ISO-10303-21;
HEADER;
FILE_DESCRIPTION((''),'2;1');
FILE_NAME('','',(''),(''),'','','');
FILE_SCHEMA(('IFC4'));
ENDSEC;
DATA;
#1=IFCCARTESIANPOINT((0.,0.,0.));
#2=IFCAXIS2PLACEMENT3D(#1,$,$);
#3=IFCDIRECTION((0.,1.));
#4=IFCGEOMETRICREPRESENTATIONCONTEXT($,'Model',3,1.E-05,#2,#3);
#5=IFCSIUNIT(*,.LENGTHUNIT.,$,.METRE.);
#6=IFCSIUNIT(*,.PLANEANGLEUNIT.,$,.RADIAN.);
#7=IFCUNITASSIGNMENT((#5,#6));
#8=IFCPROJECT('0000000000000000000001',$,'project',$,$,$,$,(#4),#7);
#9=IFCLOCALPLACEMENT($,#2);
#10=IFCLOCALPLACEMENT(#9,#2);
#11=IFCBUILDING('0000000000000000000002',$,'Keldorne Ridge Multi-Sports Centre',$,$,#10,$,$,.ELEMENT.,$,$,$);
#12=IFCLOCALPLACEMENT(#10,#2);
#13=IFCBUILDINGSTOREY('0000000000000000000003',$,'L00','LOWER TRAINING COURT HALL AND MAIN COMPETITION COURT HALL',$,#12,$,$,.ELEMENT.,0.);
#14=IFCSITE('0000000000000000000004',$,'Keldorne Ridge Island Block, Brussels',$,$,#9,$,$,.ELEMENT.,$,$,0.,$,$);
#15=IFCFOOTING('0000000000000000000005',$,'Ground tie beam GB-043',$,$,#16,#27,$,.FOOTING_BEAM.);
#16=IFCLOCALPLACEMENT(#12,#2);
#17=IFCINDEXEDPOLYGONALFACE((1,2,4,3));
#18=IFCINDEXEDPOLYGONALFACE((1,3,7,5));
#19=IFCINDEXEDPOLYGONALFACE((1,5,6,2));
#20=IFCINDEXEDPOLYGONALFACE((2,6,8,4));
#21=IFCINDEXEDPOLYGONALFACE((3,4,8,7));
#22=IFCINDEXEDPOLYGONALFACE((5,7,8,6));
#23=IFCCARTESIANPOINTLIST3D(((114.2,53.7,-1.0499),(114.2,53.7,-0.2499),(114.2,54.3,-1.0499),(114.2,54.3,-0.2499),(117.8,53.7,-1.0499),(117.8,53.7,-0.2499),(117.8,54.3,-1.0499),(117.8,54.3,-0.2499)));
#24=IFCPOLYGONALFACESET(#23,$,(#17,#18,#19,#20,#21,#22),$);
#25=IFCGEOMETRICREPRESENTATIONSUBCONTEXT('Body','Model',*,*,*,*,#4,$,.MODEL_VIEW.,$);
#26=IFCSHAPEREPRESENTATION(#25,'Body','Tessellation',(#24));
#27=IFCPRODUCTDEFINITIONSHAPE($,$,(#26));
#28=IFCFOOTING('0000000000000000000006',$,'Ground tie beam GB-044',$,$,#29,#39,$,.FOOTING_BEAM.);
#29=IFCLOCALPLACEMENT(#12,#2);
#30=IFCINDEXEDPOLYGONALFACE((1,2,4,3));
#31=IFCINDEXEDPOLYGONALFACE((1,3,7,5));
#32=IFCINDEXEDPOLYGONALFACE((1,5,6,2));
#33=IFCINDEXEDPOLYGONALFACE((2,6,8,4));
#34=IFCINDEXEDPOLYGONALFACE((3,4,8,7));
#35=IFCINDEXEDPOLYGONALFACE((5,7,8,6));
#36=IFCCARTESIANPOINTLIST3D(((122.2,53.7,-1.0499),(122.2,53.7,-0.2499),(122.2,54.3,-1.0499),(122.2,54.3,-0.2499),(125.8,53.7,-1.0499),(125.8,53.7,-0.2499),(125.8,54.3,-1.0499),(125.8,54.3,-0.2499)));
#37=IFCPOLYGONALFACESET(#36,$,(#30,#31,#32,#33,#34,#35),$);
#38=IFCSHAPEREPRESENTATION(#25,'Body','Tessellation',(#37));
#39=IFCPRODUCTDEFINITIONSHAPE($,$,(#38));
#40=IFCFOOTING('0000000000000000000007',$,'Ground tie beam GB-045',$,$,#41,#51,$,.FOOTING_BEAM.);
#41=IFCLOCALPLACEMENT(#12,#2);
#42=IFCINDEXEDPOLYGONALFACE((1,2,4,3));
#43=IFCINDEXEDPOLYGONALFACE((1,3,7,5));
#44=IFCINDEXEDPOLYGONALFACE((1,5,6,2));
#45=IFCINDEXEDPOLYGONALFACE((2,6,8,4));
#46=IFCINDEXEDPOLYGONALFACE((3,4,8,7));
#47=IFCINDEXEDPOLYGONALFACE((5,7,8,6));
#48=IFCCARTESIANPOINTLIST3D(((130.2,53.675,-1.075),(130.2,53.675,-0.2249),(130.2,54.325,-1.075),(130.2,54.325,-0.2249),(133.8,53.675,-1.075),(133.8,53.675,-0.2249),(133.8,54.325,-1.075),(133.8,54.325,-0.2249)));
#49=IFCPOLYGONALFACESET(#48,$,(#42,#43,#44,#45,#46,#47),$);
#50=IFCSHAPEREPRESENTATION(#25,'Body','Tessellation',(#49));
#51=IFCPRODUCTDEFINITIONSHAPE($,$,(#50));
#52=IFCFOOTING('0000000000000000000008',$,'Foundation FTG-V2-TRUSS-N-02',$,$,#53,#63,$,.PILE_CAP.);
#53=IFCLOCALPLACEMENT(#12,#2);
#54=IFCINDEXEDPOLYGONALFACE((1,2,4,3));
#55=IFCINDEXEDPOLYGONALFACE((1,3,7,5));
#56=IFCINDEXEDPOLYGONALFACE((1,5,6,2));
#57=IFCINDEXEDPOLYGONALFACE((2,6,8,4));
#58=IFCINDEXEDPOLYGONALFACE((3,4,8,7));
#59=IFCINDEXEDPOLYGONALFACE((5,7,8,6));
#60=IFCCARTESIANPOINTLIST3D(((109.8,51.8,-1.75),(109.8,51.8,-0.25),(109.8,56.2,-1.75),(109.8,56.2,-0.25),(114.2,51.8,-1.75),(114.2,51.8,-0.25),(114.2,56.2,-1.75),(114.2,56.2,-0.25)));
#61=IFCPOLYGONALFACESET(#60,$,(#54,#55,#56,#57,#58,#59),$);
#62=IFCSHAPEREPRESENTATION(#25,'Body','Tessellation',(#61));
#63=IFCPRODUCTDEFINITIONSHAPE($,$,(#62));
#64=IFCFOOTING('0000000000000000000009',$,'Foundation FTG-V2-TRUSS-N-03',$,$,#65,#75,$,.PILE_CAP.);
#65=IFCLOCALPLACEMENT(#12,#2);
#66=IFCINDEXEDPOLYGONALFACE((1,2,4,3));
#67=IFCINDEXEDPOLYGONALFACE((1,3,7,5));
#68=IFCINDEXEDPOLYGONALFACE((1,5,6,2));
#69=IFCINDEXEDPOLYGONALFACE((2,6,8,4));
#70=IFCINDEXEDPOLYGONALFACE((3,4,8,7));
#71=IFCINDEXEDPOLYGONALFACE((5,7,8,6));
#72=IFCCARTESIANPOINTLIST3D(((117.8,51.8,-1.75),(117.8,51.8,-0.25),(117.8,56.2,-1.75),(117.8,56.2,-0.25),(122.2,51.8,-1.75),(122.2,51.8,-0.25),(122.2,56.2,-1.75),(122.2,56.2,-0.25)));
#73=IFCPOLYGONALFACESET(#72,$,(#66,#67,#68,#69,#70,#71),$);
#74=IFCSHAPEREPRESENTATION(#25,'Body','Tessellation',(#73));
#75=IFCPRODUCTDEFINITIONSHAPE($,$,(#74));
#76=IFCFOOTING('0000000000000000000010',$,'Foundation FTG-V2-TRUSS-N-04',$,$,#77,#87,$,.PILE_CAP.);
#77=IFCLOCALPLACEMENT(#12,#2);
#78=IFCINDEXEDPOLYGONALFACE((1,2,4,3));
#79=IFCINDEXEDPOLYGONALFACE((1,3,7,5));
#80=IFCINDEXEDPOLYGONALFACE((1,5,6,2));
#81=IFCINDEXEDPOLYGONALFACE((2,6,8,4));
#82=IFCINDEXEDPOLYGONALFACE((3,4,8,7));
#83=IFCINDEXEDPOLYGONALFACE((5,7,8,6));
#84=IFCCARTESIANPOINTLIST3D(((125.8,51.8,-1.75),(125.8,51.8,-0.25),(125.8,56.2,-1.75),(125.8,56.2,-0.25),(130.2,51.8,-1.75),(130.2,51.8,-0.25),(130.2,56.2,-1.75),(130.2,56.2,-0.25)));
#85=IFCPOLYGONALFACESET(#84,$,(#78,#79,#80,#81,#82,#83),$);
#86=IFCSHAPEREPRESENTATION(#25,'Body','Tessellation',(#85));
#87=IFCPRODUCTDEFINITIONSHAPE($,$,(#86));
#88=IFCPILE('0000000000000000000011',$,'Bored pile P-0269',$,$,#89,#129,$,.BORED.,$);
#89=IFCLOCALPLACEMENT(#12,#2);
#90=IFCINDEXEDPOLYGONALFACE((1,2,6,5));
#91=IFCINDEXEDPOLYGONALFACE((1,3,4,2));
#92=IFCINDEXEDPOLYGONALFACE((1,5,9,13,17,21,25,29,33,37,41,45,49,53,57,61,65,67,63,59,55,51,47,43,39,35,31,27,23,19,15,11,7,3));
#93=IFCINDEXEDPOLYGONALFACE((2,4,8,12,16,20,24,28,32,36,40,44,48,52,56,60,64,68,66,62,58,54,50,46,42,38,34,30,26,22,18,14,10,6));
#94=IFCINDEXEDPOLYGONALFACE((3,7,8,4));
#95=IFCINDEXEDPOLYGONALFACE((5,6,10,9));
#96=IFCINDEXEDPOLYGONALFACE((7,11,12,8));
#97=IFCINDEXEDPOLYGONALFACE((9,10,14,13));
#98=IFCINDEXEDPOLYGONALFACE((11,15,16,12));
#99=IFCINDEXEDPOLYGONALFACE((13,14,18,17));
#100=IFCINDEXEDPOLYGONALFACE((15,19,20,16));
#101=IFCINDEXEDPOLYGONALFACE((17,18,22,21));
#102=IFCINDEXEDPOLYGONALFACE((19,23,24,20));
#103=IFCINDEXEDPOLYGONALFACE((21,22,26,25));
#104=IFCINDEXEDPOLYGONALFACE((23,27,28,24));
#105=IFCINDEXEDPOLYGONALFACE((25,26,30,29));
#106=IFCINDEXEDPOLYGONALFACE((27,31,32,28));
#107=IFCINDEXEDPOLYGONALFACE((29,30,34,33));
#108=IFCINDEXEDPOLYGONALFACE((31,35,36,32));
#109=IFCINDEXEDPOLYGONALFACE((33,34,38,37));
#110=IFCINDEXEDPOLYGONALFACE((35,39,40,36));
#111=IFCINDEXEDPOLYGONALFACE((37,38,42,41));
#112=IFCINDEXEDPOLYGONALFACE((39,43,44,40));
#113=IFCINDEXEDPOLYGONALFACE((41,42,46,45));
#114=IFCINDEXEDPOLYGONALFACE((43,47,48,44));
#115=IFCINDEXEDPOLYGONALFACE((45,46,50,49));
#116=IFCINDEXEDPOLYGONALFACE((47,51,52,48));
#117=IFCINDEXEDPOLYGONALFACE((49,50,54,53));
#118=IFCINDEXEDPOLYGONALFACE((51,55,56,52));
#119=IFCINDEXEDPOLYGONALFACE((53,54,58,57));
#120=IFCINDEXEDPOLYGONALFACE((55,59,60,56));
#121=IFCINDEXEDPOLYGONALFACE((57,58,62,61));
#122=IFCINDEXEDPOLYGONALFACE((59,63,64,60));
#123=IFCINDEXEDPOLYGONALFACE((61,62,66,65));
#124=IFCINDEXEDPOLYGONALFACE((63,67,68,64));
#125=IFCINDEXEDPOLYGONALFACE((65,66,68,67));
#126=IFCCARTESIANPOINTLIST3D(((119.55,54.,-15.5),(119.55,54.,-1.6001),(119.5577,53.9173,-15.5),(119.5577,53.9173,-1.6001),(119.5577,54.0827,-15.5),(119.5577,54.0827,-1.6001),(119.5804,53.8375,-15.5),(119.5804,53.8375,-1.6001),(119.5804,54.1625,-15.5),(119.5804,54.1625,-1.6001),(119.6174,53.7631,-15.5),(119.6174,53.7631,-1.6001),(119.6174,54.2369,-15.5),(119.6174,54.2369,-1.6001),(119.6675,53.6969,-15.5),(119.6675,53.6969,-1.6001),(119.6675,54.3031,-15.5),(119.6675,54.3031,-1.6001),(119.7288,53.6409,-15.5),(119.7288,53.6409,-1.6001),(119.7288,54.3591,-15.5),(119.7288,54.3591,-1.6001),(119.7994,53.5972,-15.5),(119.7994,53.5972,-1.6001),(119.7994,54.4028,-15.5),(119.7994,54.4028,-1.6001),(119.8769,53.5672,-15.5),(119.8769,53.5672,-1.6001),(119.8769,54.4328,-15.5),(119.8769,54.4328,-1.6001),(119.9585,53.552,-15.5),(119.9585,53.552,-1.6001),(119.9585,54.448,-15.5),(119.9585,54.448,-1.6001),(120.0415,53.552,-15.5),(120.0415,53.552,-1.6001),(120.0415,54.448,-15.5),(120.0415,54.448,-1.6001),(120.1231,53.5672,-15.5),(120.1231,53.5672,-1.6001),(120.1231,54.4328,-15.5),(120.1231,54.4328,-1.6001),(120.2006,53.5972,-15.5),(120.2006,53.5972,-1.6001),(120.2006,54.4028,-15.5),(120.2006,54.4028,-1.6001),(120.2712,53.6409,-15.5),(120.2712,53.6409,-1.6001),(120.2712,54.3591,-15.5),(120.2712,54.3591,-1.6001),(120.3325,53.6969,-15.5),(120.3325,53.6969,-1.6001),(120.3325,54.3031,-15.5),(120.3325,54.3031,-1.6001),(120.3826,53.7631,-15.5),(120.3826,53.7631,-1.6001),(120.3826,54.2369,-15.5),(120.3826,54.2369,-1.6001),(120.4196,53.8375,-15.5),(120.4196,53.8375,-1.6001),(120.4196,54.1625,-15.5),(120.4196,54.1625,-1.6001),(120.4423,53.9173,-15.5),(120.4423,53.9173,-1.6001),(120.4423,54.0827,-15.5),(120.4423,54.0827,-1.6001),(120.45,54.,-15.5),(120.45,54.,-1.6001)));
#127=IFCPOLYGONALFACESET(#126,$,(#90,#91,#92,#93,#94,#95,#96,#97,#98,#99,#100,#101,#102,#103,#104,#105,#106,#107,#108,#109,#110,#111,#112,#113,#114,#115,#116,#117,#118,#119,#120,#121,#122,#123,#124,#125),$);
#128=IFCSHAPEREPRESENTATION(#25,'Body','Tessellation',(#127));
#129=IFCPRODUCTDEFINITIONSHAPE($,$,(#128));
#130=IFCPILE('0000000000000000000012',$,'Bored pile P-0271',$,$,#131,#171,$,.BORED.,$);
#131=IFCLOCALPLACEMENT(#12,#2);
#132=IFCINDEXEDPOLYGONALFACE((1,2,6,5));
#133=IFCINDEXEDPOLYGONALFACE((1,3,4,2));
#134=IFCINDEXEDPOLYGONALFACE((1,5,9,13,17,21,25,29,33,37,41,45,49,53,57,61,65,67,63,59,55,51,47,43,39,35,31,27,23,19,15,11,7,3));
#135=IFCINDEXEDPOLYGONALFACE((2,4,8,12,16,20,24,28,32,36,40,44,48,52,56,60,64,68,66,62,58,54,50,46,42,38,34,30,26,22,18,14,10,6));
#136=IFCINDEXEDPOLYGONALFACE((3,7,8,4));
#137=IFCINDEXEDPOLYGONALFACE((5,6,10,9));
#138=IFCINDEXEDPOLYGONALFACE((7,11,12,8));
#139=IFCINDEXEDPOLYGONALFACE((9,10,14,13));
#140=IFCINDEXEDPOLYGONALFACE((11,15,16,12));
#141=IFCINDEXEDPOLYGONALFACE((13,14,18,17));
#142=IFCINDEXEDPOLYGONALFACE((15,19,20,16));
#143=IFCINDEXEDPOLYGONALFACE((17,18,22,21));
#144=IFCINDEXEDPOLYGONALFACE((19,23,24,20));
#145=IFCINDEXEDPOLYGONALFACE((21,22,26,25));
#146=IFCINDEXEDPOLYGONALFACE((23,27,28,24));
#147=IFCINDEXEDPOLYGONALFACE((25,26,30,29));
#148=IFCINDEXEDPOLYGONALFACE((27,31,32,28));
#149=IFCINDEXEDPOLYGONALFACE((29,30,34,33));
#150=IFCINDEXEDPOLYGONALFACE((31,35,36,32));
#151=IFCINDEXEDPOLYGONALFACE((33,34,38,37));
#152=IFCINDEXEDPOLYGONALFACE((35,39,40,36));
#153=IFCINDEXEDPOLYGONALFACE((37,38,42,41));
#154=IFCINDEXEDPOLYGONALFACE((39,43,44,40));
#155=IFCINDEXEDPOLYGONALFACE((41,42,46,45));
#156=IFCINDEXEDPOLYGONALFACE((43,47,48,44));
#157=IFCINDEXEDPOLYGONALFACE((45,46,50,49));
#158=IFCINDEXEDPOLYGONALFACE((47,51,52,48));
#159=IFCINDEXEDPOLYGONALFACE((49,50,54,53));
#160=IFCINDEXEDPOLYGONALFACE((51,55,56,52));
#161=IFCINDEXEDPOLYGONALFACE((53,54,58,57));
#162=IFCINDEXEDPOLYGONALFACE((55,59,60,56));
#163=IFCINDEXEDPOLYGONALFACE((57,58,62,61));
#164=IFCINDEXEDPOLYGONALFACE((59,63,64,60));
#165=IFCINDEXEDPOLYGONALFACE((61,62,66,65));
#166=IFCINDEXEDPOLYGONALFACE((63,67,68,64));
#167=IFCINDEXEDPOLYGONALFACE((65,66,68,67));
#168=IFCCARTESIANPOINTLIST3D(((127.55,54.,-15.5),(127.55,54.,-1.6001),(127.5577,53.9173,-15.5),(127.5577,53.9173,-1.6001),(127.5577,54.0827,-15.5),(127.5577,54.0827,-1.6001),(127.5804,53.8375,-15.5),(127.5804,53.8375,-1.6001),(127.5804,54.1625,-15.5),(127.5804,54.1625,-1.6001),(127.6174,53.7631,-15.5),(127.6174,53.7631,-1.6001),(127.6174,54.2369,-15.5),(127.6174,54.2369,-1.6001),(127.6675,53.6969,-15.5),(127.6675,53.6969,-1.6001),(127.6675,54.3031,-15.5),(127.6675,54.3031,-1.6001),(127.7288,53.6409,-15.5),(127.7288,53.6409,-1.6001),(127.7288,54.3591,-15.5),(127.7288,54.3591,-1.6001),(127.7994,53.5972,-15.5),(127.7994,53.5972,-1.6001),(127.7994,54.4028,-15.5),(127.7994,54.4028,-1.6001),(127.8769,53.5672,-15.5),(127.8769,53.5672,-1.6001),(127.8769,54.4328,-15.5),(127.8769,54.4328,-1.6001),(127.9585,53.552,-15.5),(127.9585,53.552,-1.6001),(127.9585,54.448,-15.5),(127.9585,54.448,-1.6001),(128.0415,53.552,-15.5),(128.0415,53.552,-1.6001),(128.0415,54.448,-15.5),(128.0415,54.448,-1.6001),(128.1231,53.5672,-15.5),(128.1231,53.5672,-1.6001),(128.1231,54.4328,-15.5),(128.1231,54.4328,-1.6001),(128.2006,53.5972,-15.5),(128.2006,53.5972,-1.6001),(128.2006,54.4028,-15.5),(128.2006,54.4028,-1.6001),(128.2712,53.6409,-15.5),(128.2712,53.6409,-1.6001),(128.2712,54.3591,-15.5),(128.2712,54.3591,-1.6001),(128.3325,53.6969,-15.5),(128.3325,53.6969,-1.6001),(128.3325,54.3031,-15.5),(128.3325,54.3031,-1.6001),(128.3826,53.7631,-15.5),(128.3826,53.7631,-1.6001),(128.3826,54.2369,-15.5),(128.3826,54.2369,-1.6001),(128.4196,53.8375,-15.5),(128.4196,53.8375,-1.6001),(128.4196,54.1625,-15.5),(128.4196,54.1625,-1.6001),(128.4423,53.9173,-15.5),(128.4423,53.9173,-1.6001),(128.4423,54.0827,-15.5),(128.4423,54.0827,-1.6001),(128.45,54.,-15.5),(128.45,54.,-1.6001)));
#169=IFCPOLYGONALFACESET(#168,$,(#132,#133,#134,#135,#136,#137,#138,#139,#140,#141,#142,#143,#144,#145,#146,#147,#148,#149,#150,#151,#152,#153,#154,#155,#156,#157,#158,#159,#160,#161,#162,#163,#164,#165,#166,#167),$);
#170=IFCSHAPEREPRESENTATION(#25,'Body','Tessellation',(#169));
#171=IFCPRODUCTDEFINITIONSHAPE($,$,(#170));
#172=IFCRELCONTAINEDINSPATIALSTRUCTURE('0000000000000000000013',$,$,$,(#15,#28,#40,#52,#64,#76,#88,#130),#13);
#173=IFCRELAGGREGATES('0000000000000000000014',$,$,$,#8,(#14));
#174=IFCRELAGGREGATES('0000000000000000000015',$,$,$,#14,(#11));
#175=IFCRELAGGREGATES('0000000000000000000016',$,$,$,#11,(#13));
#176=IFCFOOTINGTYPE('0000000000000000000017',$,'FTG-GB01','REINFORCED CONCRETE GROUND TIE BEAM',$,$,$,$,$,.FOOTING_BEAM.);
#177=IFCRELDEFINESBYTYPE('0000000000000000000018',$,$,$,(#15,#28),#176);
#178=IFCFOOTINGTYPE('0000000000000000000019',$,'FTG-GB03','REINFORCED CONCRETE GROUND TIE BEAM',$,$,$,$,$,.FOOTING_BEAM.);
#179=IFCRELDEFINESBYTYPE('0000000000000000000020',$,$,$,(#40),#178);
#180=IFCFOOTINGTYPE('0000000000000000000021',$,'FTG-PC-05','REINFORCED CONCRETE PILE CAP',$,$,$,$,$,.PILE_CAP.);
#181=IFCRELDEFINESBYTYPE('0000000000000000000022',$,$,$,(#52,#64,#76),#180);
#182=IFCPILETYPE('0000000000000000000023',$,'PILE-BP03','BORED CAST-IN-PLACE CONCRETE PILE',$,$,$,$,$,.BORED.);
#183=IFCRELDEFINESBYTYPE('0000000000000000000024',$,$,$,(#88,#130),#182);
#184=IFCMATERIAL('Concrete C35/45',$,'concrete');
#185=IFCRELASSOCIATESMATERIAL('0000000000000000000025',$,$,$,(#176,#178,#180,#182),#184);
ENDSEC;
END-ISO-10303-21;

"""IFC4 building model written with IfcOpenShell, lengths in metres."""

from ifc_helpers import new_model, si_unit, direction, frame, origin, origin_2d, place, context, subcontext, project, spatial, rectangle, circle, extrude, material, material_profile, profile_set, type_object, element, save


model = new_model("IFC4")

# Units and contexts
model_context = context("Model", 3, precision=1e-05, world=origin(), true_north=direction((0.0, 1.0)))
body_context = subcontext(model_context, "Body", "Model", "MODEL_VIEW")
ifc_project = project(units=[si_unit("LENGTHUNIT", "METRE"), si_unit("PLANEANGLEUNIT", "RADIAN")], contexts=[model_context])

# Site, building, storey
site_placement = place(None, origin())
site = spatial("IfcSite", under=ifc_project, at=site_placement, Name="Keldorne Ridge Island Block, Brussels", CompositionType="ELEMENT", RefElevation=0.0)
building_placement = place(site_placement, origin())
building = spatial("IfcBuilding", under=site, at=building_placement, Name="Keldorne Ridge Multi-Sports Centre", CompositionType="ELEMENT")
storey_placement = place(building_placement, origin())
storey = spatial("IfcBuildingStorey", under=building, at=storey_placement, Name="L00", Description="LOWER TRAINING COURT HALL AND MAIN COMPETITION COURT HALL", CompositionType="ELEMENT", Elevation=0.0)

# Footings
ifc_material_1 = material(Name="Concrete C35/45", Category="concrete")
ifc_material_profile_1 = material_profile(ifc_material_1, rectangle(XDim=0.6001, YDim=0.8, at=origin_2d()), Name="GB 600x800")
ifc_profile_set_1 = profile_set([ifc_material_profile_1], Name="Concrete C35/45")
footing_type_1 = type_object("IfcFootingType", Name="FTG-GB01", Description="REINFORCED CONCRETE GROUND TIE BEAM", PredefinedType="FOOTING_BEAM", material=ifc_profile_set_1)
for number, where, z_axis, x_axis, name in (
    (1, (114.2, 54.0, -0.6499), (1.0, 0.0, 0.0), (0.0, 1.0, 0.0), "Ground tie beam GB-043"),
    (2, (122.2, 54.0, -0.6499), (1.0, 0.0, 0.0), (0.0, 1.0, 0.0), "Ground tie beam GB-044"),
):
    element("IfcFooting", number, at=place(storey_placement, frame(where, z_axis=z_axis, x_axis=x_axis)), inside=storey, type_object=footing_type_1, Name=name, PredefinedType="FOOTING_BEAM", context=body_context, shape_type="SweptSolid", body=[
        extrude(rectangle(XDim=0.6001, YDim=0.8, at=origin_2d()), origin(), (0.0, 0.0, 1.0), 3.6001),
    ])
ifc_material_profile_2 = material_profile(ifc_material_1, rectangle(XDim=0.6499, YDim=0.8501, at=origin_2d()), Name="GB 650x850")
ifc_profile_set_2 = profile_set([ifc_material_profile_2], Name="Concrete C35/45")
footing_type_2 = type_object("IfcFootingType", Name="FTG-GB03", Description="REINFORCED CONCRETE GROUND TIE BEAM", PredefinedType="FOOTING_BEAM", material=ifc_profile_set_2)
footing_placement = place(storey_placement, frame((130.2, 54.0, -0.6499), z_axis=(1.0, 0.0, 0.0), x_axis=(0.0, 1.0, 0.0)))
element("IfcFooting", 3, at=footing_placement, inside=storey, type_object=footing_type_2, Name="Ground tie beam GB-045", PredefinedType="FOOTING_BEAM", context=body_context, shape_type="SweptSolid", body=[
    extrude(rectangle(XDim=0.6499, YDim=0.8501, at=origin_2d()), origin(), (0.0, 0.0, 1.0), 3.6001),
])
footing_type_3 = type_object("IfcFootingType", Name="FTG-PC-05", Description="REINFORCED CONCRETE PILE CAP", PredefinedType="PILE_CAP", material=ifc_material_1)
for number, where, z_axis, x_axis, name in (
    (4, (112.0, 54.0, -1.75), (0.0, 0.0, 1.0), (1.0, 0.0, 0.0), "Foundation FTG-V2-TRUSS-N-02"),
    (5, (120.0, 54.0, -1.75), (0.0, 0.0, 1.0), (1.0, 0.0, 0.0), "Foundation FTG-V2-TRUSS-N-03"),
    (6, (128.0, 54.0, -1.75), (0.0, 0.0, 1.0), (1.0, 0.0, 0.0), "Foundation FTG-V2-TRUSS-N-04"),
):
    element("IfcFooting", number, at=place(storey_placement, frame(where, z_axis=z_axis, x_axis=x_axis)), inside=storey, type_object=footing_type_3, Name=name, PredefinedType="PILE_CAP", context=body_context, shape_type="SweptSolid", body=[
        extrude(rectangle(XDim=4.3999, YDim=4.3999, at=origin_2d()), origin(), (0.0, 0.0, 1.0), 1.5),
    ])

# Piles
ifc_material_profile_3 = material_profile(ifc_material_1, circle(Radius=0.45, at=origin_2d()), Name="BORED PILE D900")
ifc_profile_set_3 = profile_set([ifc_material_profile_3], Name="Concrete C35/45")
pile_type = type_object("IfcPileType", Name="PILE-BP03", Description="BORED CAST-IN-PLACE CONCRETE PILE", PredefinedType="BORED", material=ifc_profile_set_3)
for number, where, z_axis, x_axis, name in (
    (7, (120.0, 54.0, -1.6001), (0.0, 0.0, -1.0), (1.0, 0.0, 0.0), "Bored pile P-0269"),
    (8, (128.0, 54.0, -1.6001), (0.0, 0.0, -1.0), (1.0, 0.0, 0.0), "Bored pile P-0271"),
):
    element("IfcPile", number, at=place(storey_placement, frame(where, z_axis=z_axis, x_axis=x_axis)), inside=storey, type_object=pile_type, Name=name, PredefinedType="BORED", context=body_context, shape_type="SweptSolid", body=[
        extrude(circle(Radius=0.45, at=origin_2d()), origin(), (0.0, 0.0, 1.0), 13.8999),
    ])

save(model, "model.ifc")
